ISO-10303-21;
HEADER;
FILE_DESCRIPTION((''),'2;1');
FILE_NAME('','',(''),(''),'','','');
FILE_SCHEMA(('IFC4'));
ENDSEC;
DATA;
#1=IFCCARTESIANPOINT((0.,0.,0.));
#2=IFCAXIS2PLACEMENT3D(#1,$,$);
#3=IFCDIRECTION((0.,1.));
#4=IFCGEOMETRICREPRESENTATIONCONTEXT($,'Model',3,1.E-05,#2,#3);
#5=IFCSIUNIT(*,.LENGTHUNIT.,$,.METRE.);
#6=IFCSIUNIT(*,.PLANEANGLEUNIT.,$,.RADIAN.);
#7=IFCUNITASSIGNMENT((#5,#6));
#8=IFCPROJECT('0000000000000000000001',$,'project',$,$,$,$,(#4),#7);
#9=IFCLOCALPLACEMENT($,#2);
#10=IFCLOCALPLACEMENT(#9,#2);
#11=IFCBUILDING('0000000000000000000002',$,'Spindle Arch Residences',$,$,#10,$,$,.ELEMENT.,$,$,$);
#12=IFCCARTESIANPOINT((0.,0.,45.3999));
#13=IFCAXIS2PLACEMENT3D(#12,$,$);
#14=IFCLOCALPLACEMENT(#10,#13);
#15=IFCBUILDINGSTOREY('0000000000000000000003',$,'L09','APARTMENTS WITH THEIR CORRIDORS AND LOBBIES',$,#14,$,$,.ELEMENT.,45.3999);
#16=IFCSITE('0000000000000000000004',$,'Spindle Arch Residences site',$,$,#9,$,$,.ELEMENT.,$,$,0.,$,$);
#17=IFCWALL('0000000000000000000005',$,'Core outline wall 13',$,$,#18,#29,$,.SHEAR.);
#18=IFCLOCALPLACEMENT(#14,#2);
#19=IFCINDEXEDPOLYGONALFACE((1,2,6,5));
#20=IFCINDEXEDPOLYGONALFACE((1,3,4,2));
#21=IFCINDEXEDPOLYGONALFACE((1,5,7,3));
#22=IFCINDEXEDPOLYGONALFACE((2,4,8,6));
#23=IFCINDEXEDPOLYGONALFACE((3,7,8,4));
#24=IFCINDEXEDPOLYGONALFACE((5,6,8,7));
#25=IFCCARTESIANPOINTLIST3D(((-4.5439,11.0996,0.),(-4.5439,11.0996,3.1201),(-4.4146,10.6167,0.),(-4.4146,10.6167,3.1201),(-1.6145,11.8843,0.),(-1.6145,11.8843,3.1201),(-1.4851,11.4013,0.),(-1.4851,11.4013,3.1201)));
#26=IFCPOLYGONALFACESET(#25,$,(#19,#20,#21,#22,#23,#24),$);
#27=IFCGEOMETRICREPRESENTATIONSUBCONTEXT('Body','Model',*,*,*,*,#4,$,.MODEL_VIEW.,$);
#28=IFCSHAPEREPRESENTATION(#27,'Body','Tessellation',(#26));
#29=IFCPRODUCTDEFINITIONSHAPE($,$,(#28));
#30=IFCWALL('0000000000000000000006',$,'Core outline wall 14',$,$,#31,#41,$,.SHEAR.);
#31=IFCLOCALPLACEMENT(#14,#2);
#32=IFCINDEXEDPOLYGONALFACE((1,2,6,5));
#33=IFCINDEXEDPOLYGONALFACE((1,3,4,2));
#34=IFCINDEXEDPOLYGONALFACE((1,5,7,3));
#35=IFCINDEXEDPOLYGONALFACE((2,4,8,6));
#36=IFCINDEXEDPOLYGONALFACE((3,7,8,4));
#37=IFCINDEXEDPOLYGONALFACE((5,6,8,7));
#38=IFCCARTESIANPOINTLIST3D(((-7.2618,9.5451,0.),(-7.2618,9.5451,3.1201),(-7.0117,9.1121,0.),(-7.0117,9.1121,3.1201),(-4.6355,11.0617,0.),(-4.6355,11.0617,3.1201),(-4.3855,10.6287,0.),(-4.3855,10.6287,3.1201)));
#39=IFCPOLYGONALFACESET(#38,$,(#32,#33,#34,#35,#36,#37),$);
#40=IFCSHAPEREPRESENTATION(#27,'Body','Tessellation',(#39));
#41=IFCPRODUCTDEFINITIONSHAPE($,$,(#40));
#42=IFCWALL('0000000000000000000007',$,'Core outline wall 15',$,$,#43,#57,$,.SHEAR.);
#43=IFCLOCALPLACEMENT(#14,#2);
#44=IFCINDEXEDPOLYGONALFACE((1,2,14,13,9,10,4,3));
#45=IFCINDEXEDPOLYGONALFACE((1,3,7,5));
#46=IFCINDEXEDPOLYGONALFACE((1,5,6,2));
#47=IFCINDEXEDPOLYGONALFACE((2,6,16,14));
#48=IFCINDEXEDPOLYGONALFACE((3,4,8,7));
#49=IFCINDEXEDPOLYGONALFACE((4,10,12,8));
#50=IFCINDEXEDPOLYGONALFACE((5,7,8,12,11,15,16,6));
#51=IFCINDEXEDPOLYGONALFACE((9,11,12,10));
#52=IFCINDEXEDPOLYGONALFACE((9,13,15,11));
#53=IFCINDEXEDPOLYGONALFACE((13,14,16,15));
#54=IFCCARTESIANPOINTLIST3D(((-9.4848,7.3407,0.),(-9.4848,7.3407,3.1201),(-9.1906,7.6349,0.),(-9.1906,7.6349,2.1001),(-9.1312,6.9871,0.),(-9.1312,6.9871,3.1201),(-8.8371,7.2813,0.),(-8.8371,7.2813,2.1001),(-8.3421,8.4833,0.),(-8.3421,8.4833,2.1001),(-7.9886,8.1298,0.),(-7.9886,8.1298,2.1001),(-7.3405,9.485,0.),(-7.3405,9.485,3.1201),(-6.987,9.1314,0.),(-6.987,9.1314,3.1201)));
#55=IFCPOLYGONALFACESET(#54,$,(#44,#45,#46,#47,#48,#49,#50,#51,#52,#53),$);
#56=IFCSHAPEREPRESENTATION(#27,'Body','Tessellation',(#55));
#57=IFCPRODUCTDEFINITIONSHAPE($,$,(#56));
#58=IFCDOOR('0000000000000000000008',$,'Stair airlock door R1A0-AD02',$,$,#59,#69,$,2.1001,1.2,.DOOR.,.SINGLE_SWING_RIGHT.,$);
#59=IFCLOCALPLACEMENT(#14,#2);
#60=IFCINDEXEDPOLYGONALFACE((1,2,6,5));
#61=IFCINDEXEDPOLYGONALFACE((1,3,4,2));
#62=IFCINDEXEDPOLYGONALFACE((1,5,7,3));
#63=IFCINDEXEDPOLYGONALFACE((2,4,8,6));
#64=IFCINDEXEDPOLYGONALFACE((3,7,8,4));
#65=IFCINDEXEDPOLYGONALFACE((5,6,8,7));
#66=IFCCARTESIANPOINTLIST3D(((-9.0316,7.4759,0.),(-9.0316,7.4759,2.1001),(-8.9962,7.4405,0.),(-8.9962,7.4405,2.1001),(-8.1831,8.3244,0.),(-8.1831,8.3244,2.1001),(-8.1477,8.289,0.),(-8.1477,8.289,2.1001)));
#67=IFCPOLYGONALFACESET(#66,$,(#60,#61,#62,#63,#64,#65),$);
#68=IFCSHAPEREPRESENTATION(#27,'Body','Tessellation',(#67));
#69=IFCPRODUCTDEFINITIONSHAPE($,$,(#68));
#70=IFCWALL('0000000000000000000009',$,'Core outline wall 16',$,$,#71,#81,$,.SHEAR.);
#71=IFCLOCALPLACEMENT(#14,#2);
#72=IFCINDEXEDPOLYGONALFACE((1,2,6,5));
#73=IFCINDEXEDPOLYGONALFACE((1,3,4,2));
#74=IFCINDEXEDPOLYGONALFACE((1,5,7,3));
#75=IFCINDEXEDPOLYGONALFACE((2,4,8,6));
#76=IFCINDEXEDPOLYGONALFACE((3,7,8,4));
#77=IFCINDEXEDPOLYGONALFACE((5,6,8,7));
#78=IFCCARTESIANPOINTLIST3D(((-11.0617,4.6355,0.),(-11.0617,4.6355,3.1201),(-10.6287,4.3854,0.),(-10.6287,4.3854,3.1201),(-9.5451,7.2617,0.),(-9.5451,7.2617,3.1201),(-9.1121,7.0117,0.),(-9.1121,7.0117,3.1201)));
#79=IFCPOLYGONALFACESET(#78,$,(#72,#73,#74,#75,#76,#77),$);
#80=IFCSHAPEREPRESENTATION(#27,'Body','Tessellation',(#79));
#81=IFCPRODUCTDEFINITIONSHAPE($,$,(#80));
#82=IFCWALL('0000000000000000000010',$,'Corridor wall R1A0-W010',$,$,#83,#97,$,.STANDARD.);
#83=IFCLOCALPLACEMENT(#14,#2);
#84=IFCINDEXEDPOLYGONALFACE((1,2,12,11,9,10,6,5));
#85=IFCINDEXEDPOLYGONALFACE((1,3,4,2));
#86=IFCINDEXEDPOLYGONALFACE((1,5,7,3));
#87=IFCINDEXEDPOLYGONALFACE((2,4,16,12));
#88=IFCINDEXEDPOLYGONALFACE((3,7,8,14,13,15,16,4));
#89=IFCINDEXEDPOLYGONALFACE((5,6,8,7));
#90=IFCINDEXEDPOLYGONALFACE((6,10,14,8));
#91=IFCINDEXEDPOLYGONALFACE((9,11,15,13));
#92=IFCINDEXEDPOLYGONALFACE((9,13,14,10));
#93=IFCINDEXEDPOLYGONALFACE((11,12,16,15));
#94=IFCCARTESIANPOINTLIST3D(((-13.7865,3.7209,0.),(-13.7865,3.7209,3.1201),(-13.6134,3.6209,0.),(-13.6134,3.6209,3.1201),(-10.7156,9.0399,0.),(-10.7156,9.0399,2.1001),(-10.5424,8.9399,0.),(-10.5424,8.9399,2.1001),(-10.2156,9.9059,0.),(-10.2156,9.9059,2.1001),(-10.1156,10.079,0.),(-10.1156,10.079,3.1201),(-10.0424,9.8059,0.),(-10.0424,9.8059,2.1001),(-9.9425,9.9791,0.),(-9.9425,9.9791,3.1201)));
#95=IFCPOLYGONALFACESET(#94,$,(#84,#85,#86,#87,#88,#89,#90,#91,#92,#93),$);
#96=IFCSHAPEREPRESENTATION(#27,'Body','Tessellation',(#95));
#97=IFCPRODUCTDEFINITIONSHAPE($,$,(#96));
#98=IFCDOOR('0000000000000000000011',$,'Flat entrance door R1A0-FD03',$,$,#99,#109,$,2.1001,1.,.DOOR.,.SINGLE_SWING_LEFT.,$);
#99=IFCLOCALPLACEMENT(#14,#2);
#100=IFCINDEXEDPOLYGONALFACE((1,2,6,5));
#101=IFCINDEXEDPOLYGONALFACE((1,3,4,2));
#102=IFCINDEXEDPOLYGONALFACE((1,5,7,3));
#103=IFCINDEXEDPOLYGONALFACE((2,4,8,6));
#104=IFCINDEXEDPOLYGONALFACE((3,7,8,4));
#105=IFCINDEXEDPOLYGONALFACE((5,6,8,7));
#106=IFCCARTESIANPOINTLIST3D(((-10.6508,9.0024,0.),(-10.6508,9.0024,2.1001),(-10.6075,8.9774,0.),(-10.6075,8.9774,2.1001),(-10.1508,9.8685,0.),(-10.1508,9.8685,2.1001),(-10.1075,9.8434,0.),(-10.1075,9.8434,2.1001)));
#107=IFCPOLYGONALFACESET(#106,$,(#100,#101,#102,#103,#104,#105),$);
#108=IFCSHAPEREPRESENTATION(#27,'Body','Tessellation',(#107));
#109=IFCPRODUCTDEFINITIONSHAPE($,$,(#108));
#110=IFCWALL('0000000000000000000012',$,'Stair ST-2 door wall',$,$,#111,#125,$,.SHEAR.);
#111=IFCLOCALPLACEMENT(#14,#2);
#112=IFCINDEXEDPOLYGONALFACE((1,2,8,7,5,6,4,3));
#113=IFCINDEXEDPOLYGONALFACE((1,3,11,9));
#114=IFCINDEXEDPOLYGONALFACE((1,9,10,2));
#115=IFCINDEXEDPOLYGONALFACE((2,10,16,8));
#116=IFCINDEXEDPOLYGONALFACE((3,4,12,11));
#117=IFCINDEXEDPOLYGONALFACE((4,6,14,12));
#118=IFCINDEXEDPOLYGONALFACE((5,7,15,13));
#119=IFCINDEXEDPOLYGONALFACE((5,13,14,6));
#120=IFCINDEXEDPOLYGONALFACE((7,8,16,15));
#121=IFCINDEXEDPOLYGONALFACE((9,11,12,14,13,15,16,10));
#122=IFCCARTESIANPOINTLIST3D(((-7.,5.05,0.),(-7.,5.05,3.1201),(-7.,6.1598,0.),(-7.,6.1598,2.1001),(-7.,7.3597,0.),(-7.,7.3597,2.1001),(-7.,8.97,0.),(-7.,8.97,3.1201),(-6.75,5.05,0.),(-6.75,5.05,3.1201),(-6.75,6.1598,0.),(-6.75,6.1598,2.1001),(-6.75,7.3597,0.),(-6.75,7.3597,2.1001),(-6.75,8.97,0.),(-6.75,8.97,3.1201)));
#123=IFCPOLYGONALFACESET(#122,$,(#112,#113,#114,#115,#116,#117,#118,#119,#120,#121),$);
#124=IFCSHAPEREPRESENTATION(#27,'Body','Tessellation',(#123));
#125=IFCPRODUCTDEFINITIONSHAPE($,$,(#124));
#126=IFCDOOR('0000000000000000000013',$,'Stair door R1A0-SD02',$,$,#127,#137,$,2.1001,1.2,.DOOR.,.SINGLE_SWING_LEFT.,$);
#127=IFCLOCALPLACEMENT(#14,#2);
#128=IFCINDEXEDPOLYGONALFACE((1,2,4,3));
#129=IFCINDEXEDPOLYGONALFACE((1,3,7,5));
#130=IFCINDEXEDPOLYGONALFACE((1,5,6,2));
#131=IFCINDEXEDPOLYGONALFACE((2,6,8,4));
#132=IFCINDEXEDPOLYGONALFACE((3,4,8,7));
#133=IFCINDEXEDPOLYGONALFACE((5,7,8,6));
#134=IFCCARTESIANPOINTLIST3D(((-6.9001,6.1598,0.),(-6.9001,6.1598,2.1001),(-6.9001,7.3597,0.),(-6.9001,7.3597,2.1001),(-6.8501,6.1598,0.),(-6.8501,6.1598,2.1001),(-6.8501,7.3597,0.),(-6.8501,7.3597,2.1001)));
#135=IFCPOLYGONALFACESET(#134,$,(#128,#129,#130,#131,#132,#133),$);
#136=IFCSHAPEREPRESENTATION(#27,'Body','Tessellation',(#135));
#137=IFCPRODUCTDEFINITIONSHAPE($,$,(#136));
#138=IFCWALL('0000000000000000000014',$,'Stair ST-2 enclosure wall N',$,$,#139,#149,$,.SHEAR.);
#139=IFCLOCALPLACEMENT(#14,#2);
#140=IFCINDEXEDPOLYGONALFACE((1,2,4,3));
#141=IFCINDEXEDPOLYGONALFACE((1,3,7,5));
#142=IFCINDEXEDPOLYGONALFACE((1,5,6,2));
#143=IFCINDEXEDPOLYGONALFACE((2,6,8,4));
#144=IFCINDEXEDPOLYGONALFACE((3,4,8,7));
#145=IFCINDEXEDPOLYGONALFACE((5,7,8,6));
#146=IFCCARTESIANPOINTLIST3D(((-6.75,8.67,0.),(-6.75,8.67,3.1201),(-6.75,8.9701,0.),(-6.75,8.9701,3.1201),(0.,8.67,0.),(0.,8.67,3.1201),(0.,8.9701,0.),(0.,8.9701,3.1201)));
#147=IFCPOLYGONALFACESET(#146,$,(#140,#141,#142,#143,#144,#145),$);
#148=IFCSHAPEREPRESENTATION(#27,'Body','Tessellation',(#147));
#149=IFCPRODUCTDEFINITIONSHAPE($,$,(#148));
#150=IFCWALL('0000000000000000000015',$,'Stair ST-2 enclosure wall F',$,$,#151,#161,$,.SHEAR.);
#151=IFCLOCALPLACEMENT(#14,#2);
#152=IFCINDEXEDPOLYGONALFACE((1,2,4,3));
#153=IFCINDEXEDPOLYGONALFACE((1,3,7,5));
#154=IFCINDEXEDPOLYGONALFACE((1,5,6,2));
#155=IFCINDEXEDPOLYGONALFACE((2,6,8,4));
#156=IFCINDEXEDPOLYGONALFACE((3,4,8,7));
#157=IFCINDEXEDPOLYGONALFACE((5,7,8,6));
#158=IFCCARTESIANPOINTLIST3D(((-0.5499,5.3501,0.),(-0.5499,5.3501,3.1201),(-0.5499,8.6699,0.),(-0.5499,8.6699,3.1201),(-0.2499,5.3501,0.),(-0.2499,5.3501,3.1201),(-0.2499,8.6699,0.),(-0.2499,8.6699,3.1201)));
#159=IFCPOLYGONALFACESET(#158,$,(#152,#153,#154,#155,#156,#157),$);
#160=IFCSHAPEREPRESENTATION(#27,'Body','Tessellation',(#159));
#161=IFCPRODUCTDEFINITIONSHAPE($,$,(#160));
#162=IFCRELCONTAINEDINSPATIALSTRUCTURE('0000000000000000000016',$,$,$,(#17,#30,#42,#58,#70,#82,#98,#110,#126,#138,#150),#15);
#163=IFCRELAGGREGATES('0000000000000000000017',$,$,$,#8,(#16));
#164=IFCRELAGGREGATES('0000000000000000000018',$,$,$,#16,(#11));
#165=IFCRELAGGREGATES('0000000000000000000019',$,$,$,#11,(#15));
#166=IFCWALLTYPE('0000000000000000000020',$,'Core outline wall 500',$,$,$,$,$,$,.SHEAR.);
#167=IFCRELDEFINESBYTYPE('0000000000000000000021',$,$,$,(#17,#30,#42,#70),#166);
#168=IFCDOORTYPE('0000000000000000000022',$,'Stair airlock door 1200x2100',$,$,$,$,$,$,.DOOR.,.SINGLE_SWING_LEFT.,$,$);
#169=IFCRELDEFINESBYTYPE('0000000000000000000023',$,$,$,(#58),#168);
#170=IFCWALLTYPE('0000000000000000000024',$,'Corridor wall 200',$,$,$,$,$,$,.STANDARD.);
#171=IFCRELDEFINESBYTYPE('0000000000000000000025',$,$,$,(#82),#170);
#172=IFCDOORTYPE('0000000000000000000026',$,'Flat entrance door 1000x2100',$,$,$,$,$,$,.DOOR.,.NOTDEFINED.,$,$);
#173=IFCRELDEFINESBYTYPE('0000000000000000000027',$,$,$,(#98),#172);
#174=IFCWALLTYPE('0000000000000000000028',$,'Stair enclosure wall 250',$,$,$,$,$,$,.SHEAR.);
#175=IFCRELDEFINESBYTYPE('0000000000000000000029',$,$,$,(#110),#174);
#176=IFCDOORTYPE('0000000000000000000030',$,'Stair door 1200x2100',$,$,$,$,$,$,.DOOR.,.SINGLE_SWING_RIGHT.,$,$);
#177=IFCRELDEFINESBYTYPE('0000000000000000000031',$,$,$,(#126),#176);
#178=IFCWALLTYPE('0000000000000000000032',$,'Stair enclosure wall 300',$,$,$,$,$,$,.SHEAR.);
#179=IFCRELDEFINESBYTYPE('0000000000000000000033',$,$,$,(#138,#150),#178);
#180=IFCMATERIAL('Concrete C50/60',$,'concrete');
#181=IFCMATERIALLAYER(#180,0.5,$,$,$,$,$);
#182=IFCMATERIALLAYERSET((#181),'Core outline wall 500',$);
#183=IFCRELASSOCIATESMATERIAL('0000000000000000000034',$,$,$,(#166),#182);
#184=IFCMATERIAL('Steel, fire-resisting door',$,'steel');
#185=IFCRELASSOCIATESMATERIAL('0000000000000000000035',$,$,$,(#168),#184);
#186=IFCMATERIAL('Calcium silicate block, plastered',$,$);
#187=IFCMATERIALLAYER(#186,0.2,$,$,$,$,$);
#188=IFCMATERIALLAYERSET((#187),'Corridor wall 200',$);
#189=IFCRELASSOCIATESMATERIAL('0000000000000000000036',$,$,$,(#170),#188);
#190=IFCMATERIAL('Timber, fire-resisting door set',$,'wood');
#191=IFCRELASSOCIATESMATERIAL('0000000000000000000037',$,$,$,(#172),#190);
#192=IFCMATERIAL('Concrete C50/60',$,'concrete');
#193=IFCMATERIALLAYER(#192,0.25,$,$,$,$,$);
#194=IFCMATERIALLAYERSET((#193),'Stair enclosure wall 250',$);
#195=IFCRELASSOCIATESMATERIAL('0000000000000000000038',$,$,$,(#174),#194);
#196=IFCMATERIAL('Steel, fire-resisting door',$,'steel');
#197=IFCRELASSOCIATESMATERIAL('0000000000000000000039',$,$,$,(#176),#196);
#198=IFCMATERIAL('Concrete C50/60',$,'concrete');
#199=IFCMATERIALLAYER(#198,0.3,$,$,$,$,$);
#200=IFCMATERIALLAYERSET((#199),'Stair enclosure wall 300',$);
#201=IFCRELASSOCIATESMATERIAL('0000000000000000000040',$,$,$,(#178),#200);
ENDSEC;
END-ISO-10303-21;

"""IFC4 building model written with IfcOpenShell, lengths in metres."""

from ifc_helpers import new_model, si_unit, direction, frame, frame_2d, origin, place, context, subcontext, project, spatial, rectangle, extrude, material, layer, layer_set, type_object, element, fill, save


model = new_model("IFC4")

# Units and contexts
model_context = context("Model", 3, precision=1e-05, world=origin(), true_north=direction((0.0, 1.0)))
body_context = subcontext(model_context, "Body", "Model", "MODEL_VIEW")
ifc_project = project(units=[si_unit("LENGTHUNIT", "METRE"), si_unit("PLANEANGLEUNIT", "RADIAN")], contexts=[model_context])

# Site, building, storey
site_placement = place(None, origin())
site = spatial("IfcSite", under=ifc_project, at=site_placement, Name="Spindle Arch Residences site", CompositionType="ELEMENT", RefElevation=0.0)
building_placement = place(site_placement, origin())
building = spatial("IfcBuilding", under=site, at=building_placement, Name="Spindle Arch Residences", CompositionType="ELEMENT")
storey_placement = place(building_placement, frame((0.0, 0.0, 45.3999)))
storey = spatial("IfcBuildingStorey", under=building, at=storey_placement, Name="L09", Description="APARTMENTS WITH THEIR CORRIDORS AND LOBBIES", CompositionType="ELEMENT", Elevation=45.3999)

# Walls
ifc_material_1 = material(Name="Concrete C50/60", Category="concrete")
ifc_layer_1 = layer(ifc_material_1, 0.5)
ifc_layer_set_1 = layer_set([ifc_layer_1], Name="Core outline wall 500")
wall_type_1 = type_object("IfcWallType", Name="Core outline wall 500", PredefinedType="SHEAR", material=ifc_layer_set_1)
for number, where, z_axis, x_axis, name in (
    (1, (-1.5498, 11.6428, 0.0), (0.0, 0.0, 1.0), (-0.965948, -0.258735, 0.0), "Core outline wall 13"),
    (2, (-4.5105, 10.8452, 0.0), (0.0, 0.0, 1.0), (-0.865975, -0.500087, 0.0), "Core outline wall 14"),
):
    element("IfcWall", number, at=place(storey_placement, frame(where, z_axis=z_axis, x_axis=x_axis)), inside=storey, type_object=wall_type_1, Name=name, PredefinedType="SHEAR", context=body_context, shape_type="SweptSolid", body=[
        extrude(rectangle(XDim=3.0327, YDim=0.5, at=frame_2d((1.5164, 0.0))), origin(), (0.0, 0.0, 1.0), 3.1201),
    ])

# Wall, opening, door
wall_1_placement = place(storey_placement, frame((-7.1638, 9.3081, 0.0), z_axis=(0.0, 0.0, 1.0), x_axis=(-0.707107, -0.707107, 0.0)))
wall_1 = element("IfcWall", 3, at=wall_1_placement, inside=storey, type_object=wall_type_1, Name="Core outline wall 15", PredefinedType="SHEAR", context=body_context, shape_type="SweptSolid", body=[
    extrude(rectangle(XDim=3.0325, YDim=0.5, at=frame_2d((1.5161, 0.0))), origin(), (0.0, 0.0, 1.0), 3.1201),
])
opening_1_placement = place(wall_1_placement, frame((1.4163, 0.0, 0.0)))
opening_1 = element("IfcOpeningElement", 4, at=opening_1_placement, cuts=wall_1, PredefinedType="OPENING", context=body_context, shape_type="SweptSolid", body=[
    extrude(rectangle(XDim=1.2, YDim=2.1001, at=frame_2d((0.6001, 1.05))), frame((0.0, 0.26, 0.0), z_axis=(0.0, -1.0, 0.0), x_axis=(1.0, 0.0, 0.0)), (0.0, 0.0, 1.0), 0.52),
])
ifc_material_2 = material(Name="Steel, fire-resisting door", Category="steel")
door_type_1 = type_object("IfcDoorType", Name="Stair airlock door 1200x2100", OperationType="SINGLE_SWING_LEFT", PredefinedType="DOOR", material=ifc_material_2)
door_1_placement = place(opening_1_placement, origin())
door_1 = element("IfcDoor", 5, at=door_1_placement, inside=storey, type_object=door_type_1, Name="Stair airlock door R1A0-AD02", OperationType="SINGLE_SWING_RIGHT", OverallHeight=2.1001, OverallWidth=1.2, PredefinedType="DOOR", context=body_context, shape_type="SweptSolid", body=[
    extrude(rectangle(XDim=1.2, YDim=2.1001, at=frame_2d((0.6001, 1.05))), frame((0.0, 0.0249, 0.0), z_axis=(0.0, -1.0, 0.0), x_axis=(1.0, 0.0, 0.0)), (0.0, 0.0, 1.0), 0.05),
])
fill(opening_1, door_1)

# Wall
wall_2_placement = place(storey_placement, frame((-9.3286, 7.1367, 0.0), z_axis=(0.0, 0.0, 1.0), x_axis=(-0.500087, -0.865975, 0.0)))
element("IfcWall", 6, at=wall_2_placement, inside=storey, type_object=wall_type_1, Name="Core outline wall 16", PredefinedType="SHEAR", context=body_context, shape_type="SweptSolid", body=[
    extrude(rectangle(XDim=3.0327, YDim=0.5, at=frame_2d((1.5164, 0.0))), origin(), (0.0, 0.0, 1.0), 3.1201),
])

# Walls, openings, doors
ifc_material_3 = material(Name="Calcium silicate block, plastered")
ifc_layer_2 = layer(ifc_material_3, 0.2)
ifc_layer_set_2 = layer_set([ifc_layer_2], Name="Corridor wall 200")
wall_type_2 = type_object("IfcWallType", Name="Corridor wall 200", PredefinedType="STANDARD", material=ifc_layer_set_2)
wall_3_placement = place(storey_placement, frame((-10.0291, 10.0291, 0.0), z_axis=(0.0, 0.0, 1.0), x_axis=(-0.500002, -0.866024, 0.0)))
wall_3 = element("IfcWall", 7, at=wall_3_placement, inside=storey, type_object=wall_type_2, Name="Corridor wall R1A0-W010", PredefinedType="STANDARD", context=body_context, shape_type="SweptSolid", body=[
    extrude(rectangle(XDim=7.3418, YDim=0.2, at=frame_2d((3.6709, 0.0))), origin(), (0.0, 0.0, 1.0), 3.1201),
])
opening_2_placement = place(wall_3_placement, frame((0.2, 0.0, 0.0)))
opening_2 = element("IfcOpeningElement", 8, at=opening_2_placement, cuts=wall_3, PredefinedType="OPENING", context=body_context, shape_type="SweptSolid", body=[
    extrude(rectangle(XDim=1.0, YDim=2.1001, at=frame_2d((0.5, 1.05))), frame((0.0, 0.1099, 0.0), z_axis=(0.0, -1.0, 0.0), x_axis=(1.0, 0.0, 0.0)), (0.0, 0.0, 1.0), 0.22),
])
ifc_material_4 = material(Name="Timber, fire-resisting door set", Category="wood")
door_type_2 = type_object("IfcDoorType", Name="Flat entrance door 1000x2100", OperationType="NOTDEFINED", PredefinedType="DOOR", material=ifc_material_4)
door_2_placement = place(opening_2_placement, origin())
door_2 = element("IfcDoor", 9, at=door_2_placement, inside=storey, type_object=door_type_2, Name="Flat entrance door R1A0-FD03", OperationType="SINGLE_SWING_LEFT", OverallHeight=2.1001, OverallWidth=1.0, PredefinedType="DOOR", context=body_context, shape_type="SweptSolid", body=[
    extrude(rectangle(XDim=1.0, YDim=2.1001, at=frame_2d((0.5, 1.05))), frame((0.0, 0.0249, 0.0), z_axis=(0.0, -1.0, 0.0), x_axis=(1.0, 0.0, 0.0)), (0.0, 0.0, 1.0), 0.05),
])
fill(opening_2, door_2)
ifc_material_5 = material(Name="Concrete C50/60", Category="concrete")
ifc_layer_3 = layer(ifc_material_5, 0.25)
ifc_layer_set_3 = layer_set([ifc_layer_3], Name="Stair enclosure wall 250")
wall_type_3 = type_object("IfcWallType", Name="Stair enclosure wall 250", PredefinedType="SHEAR", material=ifc_layer_set_3)
wall_4_placement = place(storey_placement, frame((-6.875, 8.97, 0.0), z_axis=(0.0, 0.0, 1.0), x_axis=(0.0, -1.0, 0.0)))
wall_4 = element("IfcWall", 10, at=wall_4_placement, inside=storey, type_object=wall_type_3, Name="Stair ST-2 door wall", PredefinedType="SHEAR", context=body_context, shape_type="SweptSolid", body=[
    extrude(rectangle(XDim=3.9199, YDim=0.25, at=frame_2d((1.96, 0.0))), origin(), (0.0, 0.0, 1.0), 3.1201),
])
opening_3_placement = place(wall_4_placement, frame((1.6101, 0.0, 0.0)))
opening_3 = element("IfcOpeningElement", 11, at=opening_3_placement, cuts=wall_4, PredefinedType="OPENING", context=body_context, shape_type="SweptSolid", body=[
    extrude(rectangle(XDim=1.2, YDim=2.1001, at=frame_2d((0.6001, 1.05))), frame((0.0, 0.135, 0.0), z_axis=(0.0, -1.0, 0.0), x_axis=(1.0, 0.0, 0.0)), (0.0, 0.0, 1.0), 0.27),
])
ifc_material_6 = material(Name="Steel, fire-resisting door", Category="steel")
door_type_3 = type_object("IfcDoorType", Name="Stair door 1200x2100", OperationType="SINGLE_SWING_RIGHT", PredefinedType="DOOR", material=ifc_material_6)
door_3_placement = place(opening_3_placement, origin())
door_3 = element("IfcDoor", 12, at=door_3_placement, inside=storey, type_object=door_type_3, Name="Stair door R1A0-SD02", OperationType="SINGLE_SWING_LEFT", OverallHeight=2.1001, OverallWidth=1.2, PredefinedType="DOOR", context=body_context, shape_type="SweptSolid", body=[
    extrude(rectangle(XDim=1.2, YDim=2.1001, at=frame_2d((0.6001, 1.05))), frame((0.0, 0.0249, 0.0), z_axis=(0.0, -1.0, 0.0), x_axis=(1.0, 0.0, 0.0)), (0.0, 0.0, 1.0), 0.05),
])
fill(opening_3, door_3)

# Walls
ifc_material_7 = material(Name="Concrete C50/60", Category="concrete")
ifc_layer_4 = layer(ifc_material_7, 0.3)
ifc_layer_set_4 = layer_set([ifc_layer_4], Name="Stair enclosure wall 300")
wall_type_4 = type_object("IfcWallType", Name="Stair enclosure wall 300", PredefinedType="SHEAR", material=ifc_layer_set_4)
wall_5_placement = place(storey_placement, frame((-6.75, 8.8201, 0.0), z_axis=(0.0, 0.0, 1.0), x_axis=(1.0, 0.0, 0.0)))
element("IfcWall", 13, at=wall_5_placement, inside=storey, type_object=wall_type_4, Name="Stair ST-2 enclosure wall N", PredefinedType="SHEAR", context=body_context, shape_type="SweptSolid", body=[
    extrude(rectangle(XDim=6.75, YDim=0.3, at=frame_2d((3.375, 0.0))), origin(), (0.0, 0.0, 1.0), 3.1201),
])
wall_6_placement = place(storey_placement, frame((-0.3999, 5.3501, 0.0), z_axis=(0.0, 0.0, 1.0), x_axis=(0.0, 1.0, 0.0)))
element("IfcWall", 14, at=wall_6_placement, inside=storey, type_object=wall_type_4, Name="Stair ST-2 enclosure wall F", PredefinedType="SHEAR", context=body_context, shape_type="SweptSolid", body=[
    extrude(rectangle(XDim=3.3198, YDim=0.3, at=frame_2d((1.6599, 0.0))), origin(), (0.0, 0.0, 1.0), 3.1201),
])

save(model, "model.ifc")
